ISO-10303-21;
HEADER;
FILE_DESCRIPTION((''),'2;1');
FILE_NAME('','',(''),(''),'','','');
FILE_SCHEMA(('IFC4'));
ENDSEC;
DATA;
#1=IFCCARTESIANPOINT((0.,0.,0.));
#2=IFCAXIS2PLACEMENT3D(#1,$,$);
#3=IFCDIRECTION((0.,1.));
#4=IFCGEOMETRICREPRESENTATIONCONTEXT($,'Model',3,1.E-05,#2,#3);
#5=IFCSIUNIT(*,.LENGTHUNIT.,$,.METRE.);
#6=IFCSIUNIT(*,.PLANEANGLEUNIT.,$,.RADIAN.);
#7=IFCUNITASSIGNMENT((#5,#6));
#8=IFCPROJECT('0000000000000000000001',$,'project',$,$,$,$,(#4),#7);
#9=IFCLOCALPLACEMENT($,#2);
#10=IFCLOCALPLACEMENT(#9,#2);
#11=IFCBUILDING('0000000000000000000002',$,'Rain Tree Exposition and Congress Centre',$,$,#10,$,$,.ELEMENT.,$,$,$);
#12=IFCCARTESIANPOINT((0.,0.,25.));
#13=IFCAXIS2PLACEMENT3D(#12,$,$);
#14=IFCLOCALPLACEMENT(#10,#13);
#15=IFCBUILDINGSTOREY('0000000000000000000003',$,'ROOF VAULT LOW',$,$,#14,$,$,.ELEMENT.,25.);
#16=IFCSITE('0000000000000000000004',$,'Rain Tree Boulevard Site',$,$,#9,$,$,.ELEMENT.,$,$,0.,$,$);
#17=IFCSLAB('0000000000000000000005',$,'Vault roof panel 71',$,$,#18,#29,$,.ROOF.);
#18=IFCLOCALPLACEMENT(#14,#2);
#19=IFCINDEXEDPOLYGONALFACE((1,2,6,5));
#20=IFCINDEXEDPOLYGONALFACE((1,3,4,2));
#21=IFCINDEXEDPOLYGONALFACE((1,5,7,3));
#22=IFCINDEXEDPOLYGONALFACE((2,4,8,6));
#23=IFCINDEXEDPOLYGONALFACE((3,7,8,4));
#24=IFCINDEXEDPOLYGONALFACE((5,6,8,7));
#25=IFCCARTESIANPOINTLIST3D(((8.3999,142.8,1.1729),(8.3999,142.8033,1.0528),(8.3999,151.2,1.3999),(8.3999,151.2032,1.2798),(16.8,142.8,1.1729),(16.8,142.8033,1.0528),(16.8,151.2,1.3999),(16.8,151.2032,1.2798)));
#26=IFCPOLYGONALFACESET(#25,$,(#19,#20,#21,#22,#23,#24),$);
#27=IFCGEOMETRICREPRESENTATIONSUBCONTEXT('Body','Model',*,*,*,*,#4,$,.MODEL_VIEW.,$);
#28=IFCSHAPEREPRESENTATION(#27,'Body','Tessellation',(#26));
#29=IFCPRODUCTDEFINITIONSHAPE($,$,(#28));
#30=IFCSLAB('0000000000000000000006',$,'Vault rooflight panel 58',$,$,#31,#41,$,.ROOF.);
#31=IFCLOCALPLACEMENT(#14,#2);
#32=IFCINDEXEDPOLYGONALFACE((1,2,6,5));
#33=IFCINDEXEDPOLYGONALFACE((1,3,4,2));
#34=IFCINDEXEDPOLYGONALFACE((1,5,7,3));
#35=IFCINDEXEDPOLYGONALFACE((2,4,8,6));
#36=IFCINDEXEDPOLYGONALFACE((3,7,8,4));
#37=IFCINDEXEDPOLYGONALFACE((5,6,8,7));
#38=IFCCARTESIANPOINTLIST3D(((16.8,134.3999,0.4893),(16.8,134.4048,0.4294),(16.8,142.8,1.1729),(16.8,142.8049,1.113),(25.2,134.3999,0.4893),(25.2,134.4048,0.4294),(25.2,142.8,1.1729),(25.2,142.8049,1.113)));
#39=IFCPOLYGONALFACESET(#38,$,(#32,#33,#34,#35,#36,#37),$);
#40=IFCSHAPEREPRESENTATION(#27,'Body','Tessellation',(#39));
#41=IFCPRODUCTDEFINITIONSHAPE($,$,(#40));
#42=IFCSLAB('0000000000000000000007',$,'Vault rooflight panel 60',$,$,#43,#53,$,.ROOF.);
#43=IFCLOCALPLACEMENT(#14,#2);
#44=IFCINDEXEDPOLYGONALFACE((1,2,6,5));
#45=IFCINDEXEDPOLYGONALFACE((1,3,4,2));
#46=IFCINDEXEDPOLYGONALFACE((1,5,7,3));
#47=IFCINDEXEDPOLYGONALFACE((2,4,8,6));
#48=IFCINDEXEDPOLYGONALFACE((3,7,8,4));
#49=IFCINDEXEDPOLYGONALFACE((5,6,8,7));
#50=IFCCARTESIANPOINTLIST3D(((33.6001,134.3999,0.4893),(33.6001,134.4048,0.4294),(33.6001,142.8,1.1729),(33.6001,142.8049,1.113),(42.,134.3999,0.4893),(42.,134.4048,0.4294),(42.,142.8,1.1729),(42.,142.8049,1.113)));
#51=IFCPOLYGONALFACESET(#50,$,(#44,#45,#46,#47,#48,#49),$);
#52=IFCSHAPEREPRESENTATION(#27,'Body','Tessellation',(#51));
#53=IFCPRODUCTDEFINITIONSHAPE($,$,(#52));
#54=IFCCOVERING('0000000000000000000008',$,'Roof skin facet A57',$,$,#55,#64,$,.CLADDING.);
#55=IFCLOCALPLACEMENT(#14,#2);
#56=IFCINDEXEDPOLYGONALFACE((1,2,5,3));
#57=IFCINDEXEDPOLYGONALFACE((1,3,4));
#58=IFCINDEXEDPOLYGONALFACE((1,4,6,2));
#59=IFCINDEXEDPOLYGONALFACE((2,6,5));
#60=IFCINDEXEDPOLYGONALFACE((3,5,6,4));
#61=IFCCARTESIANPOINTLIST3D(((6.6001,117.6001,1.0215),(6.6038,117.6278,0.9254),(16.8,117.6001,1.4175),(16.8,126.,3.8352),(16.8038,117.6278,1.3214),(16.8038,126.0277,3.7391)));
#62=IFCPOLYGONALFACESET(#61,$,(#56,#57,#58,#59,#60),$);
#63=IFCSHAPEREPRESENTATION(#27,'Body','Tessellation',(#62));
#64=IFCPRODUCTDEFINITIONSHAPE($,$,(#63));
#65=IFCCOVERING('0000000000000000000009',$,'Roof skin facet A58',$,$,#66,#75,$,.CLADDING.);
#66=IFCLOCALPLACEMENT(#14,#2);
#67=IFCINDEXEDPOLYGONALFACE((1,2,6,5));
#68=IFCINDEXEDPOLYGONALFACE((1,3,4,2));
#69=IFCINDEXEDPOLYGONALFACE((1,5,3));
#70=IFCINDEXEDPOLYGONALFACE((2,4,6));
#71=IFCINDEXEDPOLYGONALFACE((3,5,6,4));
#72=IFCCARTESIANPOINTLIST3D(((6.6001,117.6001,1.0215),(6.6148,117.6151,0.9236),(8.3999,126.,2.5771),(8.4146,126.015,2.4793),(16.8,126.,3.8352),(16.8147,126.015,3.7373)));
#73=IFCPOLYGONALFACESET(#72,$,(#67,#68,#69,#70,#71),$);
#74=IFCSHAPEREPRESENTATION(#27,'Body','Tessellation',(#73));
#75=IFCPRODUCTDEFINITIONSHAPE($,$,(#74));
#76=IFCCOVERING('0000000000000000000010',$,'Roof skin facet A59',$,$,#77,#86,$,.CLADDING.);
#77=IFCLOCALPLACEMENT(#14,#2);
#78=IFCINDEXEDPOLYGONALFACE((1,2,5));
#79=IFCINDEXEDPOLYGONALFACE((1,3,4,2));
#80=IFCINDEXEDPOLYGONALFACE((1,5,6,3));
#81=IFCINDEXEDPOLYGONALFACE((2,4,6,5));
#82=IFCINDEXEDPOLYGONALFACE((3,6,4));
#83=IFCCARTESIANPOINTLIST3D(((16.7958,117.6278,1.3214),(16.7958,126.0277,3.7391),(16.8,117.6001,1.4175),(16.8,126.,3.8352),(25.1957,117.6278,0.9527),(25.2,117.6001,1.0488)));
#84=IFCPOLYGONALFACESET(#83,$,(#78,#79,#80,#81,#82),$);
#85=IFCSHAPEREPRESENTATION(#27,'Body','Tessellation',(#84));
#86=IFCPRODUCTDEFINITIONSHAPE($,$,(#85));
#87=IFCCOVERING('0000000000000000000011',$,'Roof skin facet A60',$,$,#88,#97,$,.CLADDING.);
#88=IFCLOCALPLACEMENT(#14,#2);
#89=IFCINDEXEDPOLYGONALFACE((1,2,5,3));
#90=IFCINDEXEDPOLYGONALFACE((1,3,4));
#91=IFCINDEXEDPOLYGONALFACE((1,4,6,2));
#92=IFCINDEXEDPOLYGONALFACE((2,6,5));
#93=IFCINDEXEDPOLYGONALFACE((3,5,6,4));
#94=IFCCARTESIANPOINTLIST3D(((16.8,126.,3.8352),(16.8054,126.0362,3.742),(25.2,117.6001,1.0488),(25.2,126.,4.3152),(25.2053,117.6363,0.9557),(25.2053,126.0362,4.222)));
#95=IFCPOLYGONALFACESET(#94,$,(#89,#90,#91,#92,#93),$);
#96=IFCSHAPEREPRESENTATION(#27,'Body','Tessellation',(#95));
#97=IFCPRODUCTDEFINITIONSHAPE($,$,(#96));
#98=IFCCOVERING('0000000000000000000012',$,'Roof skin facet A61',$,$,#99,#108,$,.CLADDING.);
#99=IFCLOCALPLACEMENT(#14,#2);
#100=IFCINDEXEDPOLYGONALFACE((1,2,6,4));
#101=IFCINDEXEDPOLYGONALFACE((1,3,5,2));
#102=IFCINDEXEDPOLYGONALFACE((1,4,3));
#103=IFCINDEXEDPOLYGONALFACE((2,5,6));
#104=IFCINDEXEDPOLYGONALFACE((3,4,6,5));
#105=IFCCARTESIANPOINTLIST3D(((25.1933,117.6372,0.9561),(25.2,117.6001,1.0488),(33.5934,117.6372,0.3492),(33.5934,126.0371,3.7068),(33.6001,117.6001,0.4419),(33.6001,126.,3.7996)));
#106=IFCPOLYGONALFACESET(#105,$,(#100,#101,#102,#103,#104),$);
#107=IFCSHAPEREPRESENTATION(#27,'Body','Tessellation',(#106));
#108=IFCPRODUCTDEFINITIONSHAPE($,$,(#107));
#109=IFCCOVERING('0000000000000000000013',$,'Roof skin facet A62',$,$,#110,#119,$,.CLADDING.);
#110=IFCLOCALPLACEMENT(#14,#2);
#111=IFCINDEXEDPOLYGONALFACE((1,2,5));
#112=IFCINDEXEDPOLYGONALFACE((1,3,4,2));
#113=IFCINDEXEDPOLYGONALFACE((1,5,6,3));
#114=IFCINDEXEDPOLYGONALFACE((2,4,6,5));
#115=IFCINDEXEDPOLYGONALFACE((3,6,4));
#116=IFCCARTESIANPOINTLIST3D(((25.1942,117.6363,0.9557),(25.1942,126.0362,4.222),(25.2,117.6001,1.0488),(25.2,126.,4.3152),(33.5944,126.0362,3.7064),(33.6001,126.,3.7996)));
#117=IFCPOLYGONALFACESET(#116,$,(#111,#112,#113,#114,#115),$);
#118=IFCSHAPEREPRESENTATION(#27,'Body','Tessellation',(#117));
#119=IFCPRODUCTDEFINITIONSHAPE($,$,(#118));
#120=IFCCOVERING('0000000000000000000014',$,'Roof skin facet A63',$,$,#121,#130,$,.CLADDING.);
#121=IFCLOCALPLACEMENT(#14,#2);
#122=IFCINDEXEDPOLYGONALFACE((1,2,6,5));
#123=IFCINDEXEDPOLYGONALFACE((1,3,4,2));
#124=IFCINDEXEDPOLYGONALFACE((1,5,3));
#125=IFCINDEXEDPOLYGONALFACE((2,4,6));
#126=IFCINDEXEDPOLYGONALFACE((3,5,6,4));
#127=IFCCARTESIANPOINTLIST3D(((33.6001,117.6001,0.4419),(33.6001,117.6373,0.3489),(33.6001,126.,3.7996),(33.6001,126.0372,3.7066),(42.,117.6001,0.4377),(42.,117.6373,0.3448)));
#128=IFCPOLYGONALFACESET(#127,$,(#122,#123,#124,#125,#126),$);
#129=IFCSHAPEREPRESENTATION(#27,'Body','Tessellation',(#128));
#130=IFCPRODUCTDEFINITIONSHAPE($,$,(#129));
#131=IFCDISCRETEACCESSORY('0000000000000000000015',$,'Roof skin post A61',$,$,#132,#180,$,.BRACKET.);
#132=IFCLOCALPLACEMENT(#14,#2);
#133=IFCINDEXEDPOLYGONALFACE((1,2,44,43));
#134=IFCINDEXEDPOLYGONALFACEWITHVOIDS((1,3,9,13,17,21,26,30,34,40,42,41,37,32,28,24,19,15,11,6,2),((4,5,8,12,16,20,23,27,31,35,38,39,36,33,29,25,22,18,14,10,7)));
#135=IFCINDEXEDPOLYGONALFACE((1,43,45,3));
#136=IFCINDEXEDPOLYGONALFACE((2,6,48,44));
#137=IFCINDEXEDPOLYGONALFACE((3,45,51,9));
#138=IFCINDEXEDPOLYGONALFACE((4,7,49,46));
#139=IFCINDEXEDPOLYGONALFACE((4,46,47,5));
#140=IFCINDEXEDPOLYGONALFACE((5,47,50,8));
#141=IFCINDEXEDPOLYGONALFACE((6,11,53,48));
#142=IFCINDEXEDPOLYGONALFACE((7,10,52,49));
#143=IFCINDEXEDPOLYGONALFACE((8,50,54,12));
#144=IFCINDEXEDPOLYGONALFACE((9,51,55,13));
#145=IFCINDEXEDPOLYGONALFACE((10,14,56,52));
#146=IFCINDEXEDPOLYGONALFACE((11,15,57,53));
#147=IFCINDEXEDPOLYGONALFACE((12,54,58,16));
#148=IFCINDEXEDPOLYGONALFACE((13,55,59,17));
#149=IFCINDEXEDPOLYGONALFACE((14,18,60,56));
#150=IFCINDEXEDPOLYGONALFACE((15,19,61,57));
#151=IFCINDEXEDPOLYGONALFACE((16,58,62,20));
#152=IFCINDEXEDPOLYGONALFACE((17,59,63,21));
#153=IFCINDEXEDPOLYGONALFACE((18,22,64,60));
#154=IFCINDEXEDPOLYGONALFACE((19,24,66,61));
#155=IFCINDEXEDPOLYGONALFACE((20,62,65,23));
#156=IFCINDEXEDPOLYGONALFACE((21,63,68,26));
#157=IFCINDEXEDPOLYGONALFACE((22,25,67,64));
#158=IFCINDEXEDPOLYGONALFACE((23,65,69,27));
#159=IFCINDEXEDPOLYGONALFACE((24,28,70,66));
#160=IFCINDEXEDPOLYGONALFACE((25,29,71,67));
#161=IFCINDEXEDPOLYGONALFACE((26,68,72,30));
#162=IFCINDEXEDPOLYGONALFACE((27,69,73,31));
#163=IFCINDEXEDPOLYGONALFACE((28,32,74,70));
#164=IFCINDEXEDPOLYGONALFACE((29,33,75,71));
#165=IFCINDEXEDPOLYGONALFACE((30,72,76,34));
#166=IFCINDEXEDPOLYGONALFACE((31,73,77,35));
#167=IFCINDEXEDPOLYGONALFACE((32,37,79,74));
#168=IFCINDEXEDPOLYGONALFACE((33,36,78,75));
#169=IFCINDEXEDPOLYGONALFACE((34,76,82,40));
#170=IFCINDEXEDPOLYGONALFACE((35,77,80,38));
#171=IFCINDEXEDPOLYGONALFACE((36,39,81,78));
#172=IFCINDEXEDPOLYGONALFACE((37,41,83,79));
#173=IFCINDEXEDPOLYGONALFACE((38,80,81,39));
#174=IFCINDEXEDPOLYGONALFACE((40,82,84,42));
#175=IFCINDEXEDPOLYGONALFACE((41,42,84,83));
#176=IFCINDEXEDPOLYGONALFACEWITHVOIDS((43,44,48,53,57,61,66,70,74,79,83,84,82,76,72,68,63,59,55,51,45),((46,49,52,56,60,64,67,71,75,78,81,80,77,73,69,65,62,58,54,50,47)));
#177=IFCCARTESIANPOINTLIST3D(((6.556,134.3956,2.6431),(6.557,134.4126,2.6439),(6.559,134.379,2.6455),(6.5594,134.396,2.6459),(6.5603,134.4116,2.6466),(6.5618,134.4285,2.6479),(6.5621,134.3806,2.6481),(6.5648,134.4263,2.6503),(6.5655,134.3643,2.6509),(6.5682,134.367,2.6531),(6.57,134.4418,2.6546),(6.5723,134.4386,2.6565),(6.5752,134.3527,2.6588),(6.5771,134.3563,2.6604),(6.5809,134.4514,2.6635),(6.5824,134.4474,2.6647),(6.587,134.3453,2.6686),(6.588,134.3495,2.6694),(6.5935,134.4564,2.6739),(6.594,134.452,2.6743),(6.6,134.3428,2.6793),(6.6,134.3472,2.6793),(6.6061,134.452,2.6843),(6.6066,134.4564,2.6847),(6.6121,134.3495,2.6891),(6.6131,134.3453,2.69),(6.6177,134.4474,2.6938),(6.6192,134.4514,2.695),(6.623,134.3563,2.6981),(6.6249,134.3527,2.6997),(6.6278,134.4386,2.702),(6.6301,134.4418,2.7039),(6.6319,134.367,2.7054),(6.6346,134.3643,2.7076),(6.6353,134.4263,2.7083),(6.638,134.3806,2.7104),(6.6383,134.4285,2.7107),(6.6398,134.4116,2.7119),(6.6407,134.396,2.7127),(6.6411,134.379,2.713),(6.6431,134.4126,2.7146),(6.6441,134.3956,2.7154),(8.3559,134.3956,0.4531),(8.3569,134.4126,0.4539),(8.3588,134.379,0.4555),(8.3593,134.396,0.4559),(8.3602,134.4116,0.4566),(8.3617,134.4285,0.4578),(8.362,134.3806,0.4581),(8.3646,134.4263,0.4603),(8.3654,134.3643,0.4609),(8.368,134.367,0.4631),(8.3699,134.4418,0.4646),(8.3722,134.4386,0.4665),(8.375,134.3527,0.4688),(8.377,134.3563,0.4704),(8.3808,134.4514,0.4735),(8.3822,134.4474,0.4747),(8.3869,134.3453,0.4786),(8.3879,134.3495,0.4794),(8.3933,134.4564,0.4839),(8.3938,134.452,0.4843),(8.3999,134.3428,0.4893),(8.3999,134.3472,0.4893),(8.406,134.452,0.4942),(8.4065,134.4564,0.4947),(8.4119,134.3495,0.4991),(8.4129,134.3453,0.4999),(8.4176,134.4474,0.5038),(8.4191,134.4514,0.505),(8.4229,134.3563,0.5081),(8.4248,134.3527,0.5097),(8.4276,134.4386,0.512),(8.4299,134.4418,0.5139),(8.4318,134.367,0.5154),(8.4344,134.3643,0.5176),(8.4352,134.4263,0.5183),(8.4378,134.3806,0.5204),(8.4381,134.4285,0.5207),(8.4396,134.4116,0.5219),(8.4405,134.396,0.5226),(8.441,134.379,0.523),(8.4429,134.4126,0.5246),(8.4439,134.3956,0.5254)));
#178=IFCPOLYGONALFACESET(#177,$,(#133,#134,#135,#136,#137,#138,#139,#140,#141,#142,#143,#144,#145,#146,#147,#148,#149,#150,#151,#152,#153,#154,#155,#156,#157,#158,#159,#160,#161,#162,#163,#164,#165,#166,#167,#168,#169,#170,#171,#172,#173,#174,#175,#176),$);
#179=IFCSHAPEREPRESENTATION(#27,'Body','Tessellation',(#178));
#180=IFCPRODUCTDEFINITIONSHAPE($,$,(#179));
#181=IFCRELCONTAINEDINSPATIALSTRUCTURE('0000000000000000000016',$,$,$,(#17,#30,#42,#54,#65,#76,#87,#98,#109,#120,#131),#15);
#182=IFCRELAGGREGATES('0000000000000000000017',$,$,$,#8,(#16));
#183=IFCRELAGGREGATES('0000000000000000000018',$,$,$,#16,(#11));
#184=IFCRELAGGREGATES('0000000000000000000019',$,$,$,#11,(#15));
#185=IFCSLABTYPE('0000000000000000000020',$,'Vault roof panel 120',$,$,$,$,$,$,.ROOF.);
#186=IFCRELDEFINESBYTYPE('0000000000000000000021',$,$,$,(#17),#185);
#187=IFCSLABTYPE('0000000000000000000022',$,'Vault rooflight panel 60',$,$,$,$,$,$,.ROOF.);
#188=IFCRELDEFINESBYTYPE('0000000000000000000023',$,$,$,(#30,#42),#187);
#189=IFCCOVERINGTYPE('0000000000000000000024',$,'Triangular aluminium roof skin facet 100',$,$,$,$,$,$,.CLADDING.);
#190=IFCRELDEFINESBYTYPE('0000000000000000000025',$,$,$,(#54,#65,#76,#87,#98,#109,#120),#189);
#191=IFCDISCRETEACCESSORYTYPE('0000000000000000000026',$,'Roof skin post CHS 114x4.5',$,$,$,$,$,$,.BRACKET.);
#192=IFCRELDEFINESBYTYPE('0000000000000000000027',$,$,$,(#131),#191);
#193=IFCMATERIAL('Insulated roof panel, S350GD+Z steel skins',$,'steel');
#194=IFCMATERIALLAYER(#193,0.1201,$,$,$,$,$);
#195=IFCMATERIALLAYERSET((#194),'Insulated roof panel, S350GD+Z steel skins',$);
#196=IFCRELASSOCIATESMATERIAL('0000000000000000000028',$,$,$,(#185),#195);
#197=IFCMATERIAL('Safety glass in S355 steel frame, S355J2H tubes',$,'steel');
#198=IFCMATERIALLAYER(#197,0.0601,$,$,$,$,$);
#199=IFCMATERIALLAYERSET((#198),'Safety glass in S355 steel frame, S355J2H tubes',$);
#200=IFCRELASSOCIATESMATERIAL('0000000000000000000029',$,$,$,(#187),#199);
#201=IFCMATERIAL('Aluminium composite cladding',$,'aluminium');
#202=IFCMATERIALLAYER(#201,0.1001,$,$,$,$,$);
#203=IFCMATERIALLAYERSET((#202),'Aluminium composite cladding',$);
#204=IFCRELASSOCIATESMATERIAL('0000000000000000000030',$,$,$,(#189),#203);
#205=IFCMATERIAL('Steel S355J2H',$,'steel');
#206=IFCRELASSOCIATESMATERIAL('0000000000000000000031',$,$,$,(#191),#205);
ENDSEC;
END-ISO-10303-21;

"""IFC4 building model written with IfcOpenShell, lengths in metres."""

from ifc_helpers import new_model, si_unit, direction, frame, origin, origin_2d, place, context, subcontext, project, spatial, polyline, hollow_circle, outline, extrude, material, layer, layer_set, material_profile, profile_set, type_object, element, save


model = new_model("IFC4")

# Units and contexts
model_context = context("Model", 3, precision=1e-05, world=origin(), true_north=direction((0.0, 1.0)))
body_context = subcontext(model_context, "Body", "Model", "MODEL_VIEW")
ifc_project = project(units=[si_unit("LENGTHUNIT", "METRE"), si_unit("PLANEANGLEUNIT", "RADIAN")], contexts=[model_context])

# Site, building, storey
site_placement = place(None, origin())
site = spatial("IfcSite", under=ifc_project, at=site_placement, Name="Rain Tree Boulevard Site", CompositionType="ELEMENT", RefElevation=0.0)
building_placement = place(site_placement, origin())
building = spatial("IfcBuilding", under=site, at=building_placement, Name="Rain Tree Exposition and Congress Centre", CompositionType="ELEMENT")
storey_placement = place(building_placement, frame((0.0, 0.0, 25.0)))
storey = spatial("IfcBuildingStorey", under=building, at=storey_placement, Name="ROOF VAULT LOW", CompositionType="ELEMENT", Elevation=25.0)

# Slabs
ifc_material_1 = material(Name="Insulated roof panel, S350GD+Z steel skins", Category="steel")
ifc_layer_1 = layer(ifc_material_1, 0.1201)
ifc_layer_set_1 = layer_set([ifc_layer_1], Name="Insulated roof panel, S350GD+Z steel skins")
slab_type_1 = type_object("IfcSlabType", Name="Vault roof panel 120", PredefinedType="ROOF", material=ifc_layer_set_1)
slab_placement = place(storey_placement, frame((8.3999, 142.8, 1.1729), z_axis=(0.0, -0.02702, 0.999635), x_axis=(1.0, 0.0, 0.0)))
element("IfcSlab", 1, at=slab_placement, inside=storey, type_object=slab_type_1, Name="Vault roof panel 71", PredefinedType="ROOF", context=body_context, shape_type="SweptSolid", body=[
    extrude(outline(polyline([(0.0, 0.0), (8.4001, 0.0), (8.4001, 8.403), (0.0, 8.403), (0.0, 0.0)])), origin(), (0.0, 0.0, -1.0), 0.1201),
])
ifc_material_2 = material(Name="Safety glass in S355 steel frame, S355J2H tubes", Category="steel")
ifc_layer_2 = layer(ifc_material_2, 0.0601)
ifc_layer_set_2 = layer_set([ifc_layer_2], Name="Safety glass in S355 steel frame, S355J2H tubes")
slab_type_2 = type_object("IfcSlabType", Name="Vault rooflight panel 60", PredefinedType="ROOF", material=ifc_layer_set_2)
for number, where, z_axis, x_axis, name in (
    (2, (16.8, 134.3999, 0.4893), (0.0, -0.081111, 0.996705), (1.0, 0.0, 0.0), "Vault rooflight panel 58"),
    (3, (33.6001, 134.3999, 0.4893), (0.0, -0.081111, 0.996705), (1.0, 0.0, 0.0), "Vault rooflight panel 60"),
):
    element("IfcSlab", number, at=place(storey_placement, frame(where, z_axis=z_axis, x_axis=x_axis)), inside=storey, type_object=slab_type_2, Name=name, PredefinedType="ROOF", context=body_context, shape_type="SweptSolid", body=[
        extrude(outline(polyline([(0.0, 0.0), (8.3999, 0.0), (8.3999, 8.4279), (0.0, 8.4279), (0.0, 0.0)])), origin(), (0.0, 0.0, -1.0), 0.0601),
    ])

# Coverings
ifc_material_3 = material(Name="Aluminium composite cladding", Category="aluminium")
ifc_layer_3 = layer(ifc_material_3, 0.1001)
ifc_layer_set_3 = layer_set([ifc_layer_3], Name="Aluminium composite cladding")
covering_type = type_object("IfcCoveringType", Name="Triangular aluminium roof skin facet 100", PredefinedType="CLADDING", material=ifc_layer_set_3)
covering_1_placement = place(storey_placement, frame((6.6001, 117.6001, 1.0215), z_axis=(-0.037283, -0.276406, 0.960318), x_axis=(0.999247, 0.0, 0.038794)))
element("IfcCovering", 4, at=covering_1_placement, inside=storey, type_object=covering_type, Name="Roof skin facet A57", PredefinedType="CLADDING", context=body_context, shape_type="SweptSolid", body=[
    extrude(outline(polyline([(0.0, 0.0), (10.2076, 0.0), (10.3014, 8.7404), (0.0, 0.0)])), origin(), (0.0, 0.0, -1.0), 0.1001),
])
covering_2_placement = place(storey_placement, frame((6.6001, 117.6001, 1.0215), z_axis=(-0.146445, -0.149715, 0.977824), x_axis=(0.755004, 0.621764, 0.208273)))
element("IfcCovering", 5, at=covering_2_placement, inside=storey, type_object=covering_type, Name="Roof skin facet A58", PredefinedType="CLADDING", context=body_context, shape_type="SweptSolid", body=[
    extrude(outline(polyline([(0.0, 0.0), (13.5098, 0.0), (6.9056, 5.3414), (0.0, 0.0)])), origin(), (0.0, 0.0, -1.0), 0.1001),
])
covering_3_placement = place(storey_placement, frame((16.8, 117.6001, 1.4175), z_axis=(0.042138, -0.276353, 0.960132), x_axis=(0.999038, 0.0, -0.043845)))
element("IfcCovering", 6, at=covering_3_placement, inside=storey, type_object=covering_type, Name="Roof skin facet A59", PredefinedType="CLADDING", context=body_context, shape_type="SweptSolid", body=[
    extrude(outline(polyline([(0.0, 0.0), (8.408, 0.0), (-0.106, 8.7403), (0.0, 0.0)])), origin(), (0.0, 0.0, -1.0), 0.1001),
])
covering_4_placement = place(storey_placement, frame((25.2, 117.6001, 1.0488), z_axis=(-0.053181, -0.361907, 0.930696), x_axis=(0.0, 0.932015, 0.36242)))
element("IfcCovering", 7, at=covering_4_placement, inside=storey, type_object=covering_type, Name="Roof skin facet A60", PredefinedType="CLADDING", context=body_context, shape_type="SweptSolid", body=[
    extrude(outline(polyline([(0.0, 0.0), (9.0126, 0.0), (8.8387, 8.4118), (0.0, 0.0)])), origin(), (0.0, 0.0, -1.0), 0.1001),
])
covering_5_placement = place(storey_placement, frame((25.2, 117.6001, 1.0488), z_axis=(0.066941, -0.370339, 0.926481), x_axis=(0.9974, 0.0, -0.072065)))
element("IfcCovering", 8, at=covering_5_placement, inside=storey, type_object=covering_type, Name="Roof skin facet A61", PredefinedType="CLADDING", context=body_context, shape_type="SweptSolid", body=[
    extrude(outline(polyline([(0.0, 0.0), (8.422, 0.0), (8.1801, 9.0429), (0.0, 0.0)])), origin(), (0.0, 0.0, -1.0), 0.1001),
])
covering_6_placement = place(storey_placement, frame((25.2, 117.6001, 1.0488), z_axis=(0.057116, -0.361828, 0.930493), x_axis=(0.68889, 0.68887, 0.225586)))
element("IfcCovering", 9, at=covering_6_placement, inside=storey, type_object=covering_type, Name="Roof skin facet A62", PredefinedType="CLADDING", context=body_context, shape_type="SweptSolid", body=[
    extrude(outline(polyline([(0.0, 0.0), (12.1937, 0.0), (6.5233, 6.2189), (0.0, 0.0)])), origin(), (0.0, 0.0, -1.0), 0.1001),
])
covering_7_placement = place(storey_placement, frame((33.6001, 117.6001, 0.4419), z_axis=(0.000459, -0.371172, 0.928564), x_axis=(1.0, 0.0, -0.000494)))
element("IfcCovering", 10, at=covering_7_placement, inside=storey, type_object=covering_type, Name="Roof skin facet A63", PredefinedType="CLADDING", context=body_context, shape_type="SweptSolid", body=[
    extrude(outline(polyline([(0.0, 0.0), (8.3999, 0.0), (-0.0017, 9.0461), (0.0, 0.0)])), origin(), (0.0, 0.0, -1.0), 0.1001),
])

# Discrete accessory
ifc_material_4 = material(Name="Steel S355J2H", Category="steel")
ifc_material_profile_1 = material_profile(ifc_material_4, hollow_circle(Radius=0.0571, WallThickness=0.0044, at=origin_2d()), Name="CHS 114x4.5")
ifc_profile_set_1 = profile_set([ifc_material_profile_1], Name="Steel S355J2H")
discrete_accessory_type_1 = type_object("IfcDiscreteAccessoryType", Name="Roof skin post CHS 114x4.5", PredefinedType="BRACKET", material=ifc_profile_set_1)
discrete_accessory_1_placement = place(storey_placement, frame((8.3999, 134.3999, 0.4893), z_axis=(-0.634934, 0.0, 0.772566), x_axis=(0.0, -1.0, 0.0)))
element("IfcDiscreteAccessory", 11, at=discrete_accessory_1_placement, inside=storey, type_object=discrete_accessory_type_1, Name="Roof skin post A61", PredefinedType="BRACKET", context=body_context, shape_type="SweptSolid", body=[
    extrude(hollow_circle(Radius=0.0571, WallThickness=0.0044, at=origin_2d()), origin(), (0.0, 0.0, 1.0), 2.8347),
])

save(model, "model.ifc")
